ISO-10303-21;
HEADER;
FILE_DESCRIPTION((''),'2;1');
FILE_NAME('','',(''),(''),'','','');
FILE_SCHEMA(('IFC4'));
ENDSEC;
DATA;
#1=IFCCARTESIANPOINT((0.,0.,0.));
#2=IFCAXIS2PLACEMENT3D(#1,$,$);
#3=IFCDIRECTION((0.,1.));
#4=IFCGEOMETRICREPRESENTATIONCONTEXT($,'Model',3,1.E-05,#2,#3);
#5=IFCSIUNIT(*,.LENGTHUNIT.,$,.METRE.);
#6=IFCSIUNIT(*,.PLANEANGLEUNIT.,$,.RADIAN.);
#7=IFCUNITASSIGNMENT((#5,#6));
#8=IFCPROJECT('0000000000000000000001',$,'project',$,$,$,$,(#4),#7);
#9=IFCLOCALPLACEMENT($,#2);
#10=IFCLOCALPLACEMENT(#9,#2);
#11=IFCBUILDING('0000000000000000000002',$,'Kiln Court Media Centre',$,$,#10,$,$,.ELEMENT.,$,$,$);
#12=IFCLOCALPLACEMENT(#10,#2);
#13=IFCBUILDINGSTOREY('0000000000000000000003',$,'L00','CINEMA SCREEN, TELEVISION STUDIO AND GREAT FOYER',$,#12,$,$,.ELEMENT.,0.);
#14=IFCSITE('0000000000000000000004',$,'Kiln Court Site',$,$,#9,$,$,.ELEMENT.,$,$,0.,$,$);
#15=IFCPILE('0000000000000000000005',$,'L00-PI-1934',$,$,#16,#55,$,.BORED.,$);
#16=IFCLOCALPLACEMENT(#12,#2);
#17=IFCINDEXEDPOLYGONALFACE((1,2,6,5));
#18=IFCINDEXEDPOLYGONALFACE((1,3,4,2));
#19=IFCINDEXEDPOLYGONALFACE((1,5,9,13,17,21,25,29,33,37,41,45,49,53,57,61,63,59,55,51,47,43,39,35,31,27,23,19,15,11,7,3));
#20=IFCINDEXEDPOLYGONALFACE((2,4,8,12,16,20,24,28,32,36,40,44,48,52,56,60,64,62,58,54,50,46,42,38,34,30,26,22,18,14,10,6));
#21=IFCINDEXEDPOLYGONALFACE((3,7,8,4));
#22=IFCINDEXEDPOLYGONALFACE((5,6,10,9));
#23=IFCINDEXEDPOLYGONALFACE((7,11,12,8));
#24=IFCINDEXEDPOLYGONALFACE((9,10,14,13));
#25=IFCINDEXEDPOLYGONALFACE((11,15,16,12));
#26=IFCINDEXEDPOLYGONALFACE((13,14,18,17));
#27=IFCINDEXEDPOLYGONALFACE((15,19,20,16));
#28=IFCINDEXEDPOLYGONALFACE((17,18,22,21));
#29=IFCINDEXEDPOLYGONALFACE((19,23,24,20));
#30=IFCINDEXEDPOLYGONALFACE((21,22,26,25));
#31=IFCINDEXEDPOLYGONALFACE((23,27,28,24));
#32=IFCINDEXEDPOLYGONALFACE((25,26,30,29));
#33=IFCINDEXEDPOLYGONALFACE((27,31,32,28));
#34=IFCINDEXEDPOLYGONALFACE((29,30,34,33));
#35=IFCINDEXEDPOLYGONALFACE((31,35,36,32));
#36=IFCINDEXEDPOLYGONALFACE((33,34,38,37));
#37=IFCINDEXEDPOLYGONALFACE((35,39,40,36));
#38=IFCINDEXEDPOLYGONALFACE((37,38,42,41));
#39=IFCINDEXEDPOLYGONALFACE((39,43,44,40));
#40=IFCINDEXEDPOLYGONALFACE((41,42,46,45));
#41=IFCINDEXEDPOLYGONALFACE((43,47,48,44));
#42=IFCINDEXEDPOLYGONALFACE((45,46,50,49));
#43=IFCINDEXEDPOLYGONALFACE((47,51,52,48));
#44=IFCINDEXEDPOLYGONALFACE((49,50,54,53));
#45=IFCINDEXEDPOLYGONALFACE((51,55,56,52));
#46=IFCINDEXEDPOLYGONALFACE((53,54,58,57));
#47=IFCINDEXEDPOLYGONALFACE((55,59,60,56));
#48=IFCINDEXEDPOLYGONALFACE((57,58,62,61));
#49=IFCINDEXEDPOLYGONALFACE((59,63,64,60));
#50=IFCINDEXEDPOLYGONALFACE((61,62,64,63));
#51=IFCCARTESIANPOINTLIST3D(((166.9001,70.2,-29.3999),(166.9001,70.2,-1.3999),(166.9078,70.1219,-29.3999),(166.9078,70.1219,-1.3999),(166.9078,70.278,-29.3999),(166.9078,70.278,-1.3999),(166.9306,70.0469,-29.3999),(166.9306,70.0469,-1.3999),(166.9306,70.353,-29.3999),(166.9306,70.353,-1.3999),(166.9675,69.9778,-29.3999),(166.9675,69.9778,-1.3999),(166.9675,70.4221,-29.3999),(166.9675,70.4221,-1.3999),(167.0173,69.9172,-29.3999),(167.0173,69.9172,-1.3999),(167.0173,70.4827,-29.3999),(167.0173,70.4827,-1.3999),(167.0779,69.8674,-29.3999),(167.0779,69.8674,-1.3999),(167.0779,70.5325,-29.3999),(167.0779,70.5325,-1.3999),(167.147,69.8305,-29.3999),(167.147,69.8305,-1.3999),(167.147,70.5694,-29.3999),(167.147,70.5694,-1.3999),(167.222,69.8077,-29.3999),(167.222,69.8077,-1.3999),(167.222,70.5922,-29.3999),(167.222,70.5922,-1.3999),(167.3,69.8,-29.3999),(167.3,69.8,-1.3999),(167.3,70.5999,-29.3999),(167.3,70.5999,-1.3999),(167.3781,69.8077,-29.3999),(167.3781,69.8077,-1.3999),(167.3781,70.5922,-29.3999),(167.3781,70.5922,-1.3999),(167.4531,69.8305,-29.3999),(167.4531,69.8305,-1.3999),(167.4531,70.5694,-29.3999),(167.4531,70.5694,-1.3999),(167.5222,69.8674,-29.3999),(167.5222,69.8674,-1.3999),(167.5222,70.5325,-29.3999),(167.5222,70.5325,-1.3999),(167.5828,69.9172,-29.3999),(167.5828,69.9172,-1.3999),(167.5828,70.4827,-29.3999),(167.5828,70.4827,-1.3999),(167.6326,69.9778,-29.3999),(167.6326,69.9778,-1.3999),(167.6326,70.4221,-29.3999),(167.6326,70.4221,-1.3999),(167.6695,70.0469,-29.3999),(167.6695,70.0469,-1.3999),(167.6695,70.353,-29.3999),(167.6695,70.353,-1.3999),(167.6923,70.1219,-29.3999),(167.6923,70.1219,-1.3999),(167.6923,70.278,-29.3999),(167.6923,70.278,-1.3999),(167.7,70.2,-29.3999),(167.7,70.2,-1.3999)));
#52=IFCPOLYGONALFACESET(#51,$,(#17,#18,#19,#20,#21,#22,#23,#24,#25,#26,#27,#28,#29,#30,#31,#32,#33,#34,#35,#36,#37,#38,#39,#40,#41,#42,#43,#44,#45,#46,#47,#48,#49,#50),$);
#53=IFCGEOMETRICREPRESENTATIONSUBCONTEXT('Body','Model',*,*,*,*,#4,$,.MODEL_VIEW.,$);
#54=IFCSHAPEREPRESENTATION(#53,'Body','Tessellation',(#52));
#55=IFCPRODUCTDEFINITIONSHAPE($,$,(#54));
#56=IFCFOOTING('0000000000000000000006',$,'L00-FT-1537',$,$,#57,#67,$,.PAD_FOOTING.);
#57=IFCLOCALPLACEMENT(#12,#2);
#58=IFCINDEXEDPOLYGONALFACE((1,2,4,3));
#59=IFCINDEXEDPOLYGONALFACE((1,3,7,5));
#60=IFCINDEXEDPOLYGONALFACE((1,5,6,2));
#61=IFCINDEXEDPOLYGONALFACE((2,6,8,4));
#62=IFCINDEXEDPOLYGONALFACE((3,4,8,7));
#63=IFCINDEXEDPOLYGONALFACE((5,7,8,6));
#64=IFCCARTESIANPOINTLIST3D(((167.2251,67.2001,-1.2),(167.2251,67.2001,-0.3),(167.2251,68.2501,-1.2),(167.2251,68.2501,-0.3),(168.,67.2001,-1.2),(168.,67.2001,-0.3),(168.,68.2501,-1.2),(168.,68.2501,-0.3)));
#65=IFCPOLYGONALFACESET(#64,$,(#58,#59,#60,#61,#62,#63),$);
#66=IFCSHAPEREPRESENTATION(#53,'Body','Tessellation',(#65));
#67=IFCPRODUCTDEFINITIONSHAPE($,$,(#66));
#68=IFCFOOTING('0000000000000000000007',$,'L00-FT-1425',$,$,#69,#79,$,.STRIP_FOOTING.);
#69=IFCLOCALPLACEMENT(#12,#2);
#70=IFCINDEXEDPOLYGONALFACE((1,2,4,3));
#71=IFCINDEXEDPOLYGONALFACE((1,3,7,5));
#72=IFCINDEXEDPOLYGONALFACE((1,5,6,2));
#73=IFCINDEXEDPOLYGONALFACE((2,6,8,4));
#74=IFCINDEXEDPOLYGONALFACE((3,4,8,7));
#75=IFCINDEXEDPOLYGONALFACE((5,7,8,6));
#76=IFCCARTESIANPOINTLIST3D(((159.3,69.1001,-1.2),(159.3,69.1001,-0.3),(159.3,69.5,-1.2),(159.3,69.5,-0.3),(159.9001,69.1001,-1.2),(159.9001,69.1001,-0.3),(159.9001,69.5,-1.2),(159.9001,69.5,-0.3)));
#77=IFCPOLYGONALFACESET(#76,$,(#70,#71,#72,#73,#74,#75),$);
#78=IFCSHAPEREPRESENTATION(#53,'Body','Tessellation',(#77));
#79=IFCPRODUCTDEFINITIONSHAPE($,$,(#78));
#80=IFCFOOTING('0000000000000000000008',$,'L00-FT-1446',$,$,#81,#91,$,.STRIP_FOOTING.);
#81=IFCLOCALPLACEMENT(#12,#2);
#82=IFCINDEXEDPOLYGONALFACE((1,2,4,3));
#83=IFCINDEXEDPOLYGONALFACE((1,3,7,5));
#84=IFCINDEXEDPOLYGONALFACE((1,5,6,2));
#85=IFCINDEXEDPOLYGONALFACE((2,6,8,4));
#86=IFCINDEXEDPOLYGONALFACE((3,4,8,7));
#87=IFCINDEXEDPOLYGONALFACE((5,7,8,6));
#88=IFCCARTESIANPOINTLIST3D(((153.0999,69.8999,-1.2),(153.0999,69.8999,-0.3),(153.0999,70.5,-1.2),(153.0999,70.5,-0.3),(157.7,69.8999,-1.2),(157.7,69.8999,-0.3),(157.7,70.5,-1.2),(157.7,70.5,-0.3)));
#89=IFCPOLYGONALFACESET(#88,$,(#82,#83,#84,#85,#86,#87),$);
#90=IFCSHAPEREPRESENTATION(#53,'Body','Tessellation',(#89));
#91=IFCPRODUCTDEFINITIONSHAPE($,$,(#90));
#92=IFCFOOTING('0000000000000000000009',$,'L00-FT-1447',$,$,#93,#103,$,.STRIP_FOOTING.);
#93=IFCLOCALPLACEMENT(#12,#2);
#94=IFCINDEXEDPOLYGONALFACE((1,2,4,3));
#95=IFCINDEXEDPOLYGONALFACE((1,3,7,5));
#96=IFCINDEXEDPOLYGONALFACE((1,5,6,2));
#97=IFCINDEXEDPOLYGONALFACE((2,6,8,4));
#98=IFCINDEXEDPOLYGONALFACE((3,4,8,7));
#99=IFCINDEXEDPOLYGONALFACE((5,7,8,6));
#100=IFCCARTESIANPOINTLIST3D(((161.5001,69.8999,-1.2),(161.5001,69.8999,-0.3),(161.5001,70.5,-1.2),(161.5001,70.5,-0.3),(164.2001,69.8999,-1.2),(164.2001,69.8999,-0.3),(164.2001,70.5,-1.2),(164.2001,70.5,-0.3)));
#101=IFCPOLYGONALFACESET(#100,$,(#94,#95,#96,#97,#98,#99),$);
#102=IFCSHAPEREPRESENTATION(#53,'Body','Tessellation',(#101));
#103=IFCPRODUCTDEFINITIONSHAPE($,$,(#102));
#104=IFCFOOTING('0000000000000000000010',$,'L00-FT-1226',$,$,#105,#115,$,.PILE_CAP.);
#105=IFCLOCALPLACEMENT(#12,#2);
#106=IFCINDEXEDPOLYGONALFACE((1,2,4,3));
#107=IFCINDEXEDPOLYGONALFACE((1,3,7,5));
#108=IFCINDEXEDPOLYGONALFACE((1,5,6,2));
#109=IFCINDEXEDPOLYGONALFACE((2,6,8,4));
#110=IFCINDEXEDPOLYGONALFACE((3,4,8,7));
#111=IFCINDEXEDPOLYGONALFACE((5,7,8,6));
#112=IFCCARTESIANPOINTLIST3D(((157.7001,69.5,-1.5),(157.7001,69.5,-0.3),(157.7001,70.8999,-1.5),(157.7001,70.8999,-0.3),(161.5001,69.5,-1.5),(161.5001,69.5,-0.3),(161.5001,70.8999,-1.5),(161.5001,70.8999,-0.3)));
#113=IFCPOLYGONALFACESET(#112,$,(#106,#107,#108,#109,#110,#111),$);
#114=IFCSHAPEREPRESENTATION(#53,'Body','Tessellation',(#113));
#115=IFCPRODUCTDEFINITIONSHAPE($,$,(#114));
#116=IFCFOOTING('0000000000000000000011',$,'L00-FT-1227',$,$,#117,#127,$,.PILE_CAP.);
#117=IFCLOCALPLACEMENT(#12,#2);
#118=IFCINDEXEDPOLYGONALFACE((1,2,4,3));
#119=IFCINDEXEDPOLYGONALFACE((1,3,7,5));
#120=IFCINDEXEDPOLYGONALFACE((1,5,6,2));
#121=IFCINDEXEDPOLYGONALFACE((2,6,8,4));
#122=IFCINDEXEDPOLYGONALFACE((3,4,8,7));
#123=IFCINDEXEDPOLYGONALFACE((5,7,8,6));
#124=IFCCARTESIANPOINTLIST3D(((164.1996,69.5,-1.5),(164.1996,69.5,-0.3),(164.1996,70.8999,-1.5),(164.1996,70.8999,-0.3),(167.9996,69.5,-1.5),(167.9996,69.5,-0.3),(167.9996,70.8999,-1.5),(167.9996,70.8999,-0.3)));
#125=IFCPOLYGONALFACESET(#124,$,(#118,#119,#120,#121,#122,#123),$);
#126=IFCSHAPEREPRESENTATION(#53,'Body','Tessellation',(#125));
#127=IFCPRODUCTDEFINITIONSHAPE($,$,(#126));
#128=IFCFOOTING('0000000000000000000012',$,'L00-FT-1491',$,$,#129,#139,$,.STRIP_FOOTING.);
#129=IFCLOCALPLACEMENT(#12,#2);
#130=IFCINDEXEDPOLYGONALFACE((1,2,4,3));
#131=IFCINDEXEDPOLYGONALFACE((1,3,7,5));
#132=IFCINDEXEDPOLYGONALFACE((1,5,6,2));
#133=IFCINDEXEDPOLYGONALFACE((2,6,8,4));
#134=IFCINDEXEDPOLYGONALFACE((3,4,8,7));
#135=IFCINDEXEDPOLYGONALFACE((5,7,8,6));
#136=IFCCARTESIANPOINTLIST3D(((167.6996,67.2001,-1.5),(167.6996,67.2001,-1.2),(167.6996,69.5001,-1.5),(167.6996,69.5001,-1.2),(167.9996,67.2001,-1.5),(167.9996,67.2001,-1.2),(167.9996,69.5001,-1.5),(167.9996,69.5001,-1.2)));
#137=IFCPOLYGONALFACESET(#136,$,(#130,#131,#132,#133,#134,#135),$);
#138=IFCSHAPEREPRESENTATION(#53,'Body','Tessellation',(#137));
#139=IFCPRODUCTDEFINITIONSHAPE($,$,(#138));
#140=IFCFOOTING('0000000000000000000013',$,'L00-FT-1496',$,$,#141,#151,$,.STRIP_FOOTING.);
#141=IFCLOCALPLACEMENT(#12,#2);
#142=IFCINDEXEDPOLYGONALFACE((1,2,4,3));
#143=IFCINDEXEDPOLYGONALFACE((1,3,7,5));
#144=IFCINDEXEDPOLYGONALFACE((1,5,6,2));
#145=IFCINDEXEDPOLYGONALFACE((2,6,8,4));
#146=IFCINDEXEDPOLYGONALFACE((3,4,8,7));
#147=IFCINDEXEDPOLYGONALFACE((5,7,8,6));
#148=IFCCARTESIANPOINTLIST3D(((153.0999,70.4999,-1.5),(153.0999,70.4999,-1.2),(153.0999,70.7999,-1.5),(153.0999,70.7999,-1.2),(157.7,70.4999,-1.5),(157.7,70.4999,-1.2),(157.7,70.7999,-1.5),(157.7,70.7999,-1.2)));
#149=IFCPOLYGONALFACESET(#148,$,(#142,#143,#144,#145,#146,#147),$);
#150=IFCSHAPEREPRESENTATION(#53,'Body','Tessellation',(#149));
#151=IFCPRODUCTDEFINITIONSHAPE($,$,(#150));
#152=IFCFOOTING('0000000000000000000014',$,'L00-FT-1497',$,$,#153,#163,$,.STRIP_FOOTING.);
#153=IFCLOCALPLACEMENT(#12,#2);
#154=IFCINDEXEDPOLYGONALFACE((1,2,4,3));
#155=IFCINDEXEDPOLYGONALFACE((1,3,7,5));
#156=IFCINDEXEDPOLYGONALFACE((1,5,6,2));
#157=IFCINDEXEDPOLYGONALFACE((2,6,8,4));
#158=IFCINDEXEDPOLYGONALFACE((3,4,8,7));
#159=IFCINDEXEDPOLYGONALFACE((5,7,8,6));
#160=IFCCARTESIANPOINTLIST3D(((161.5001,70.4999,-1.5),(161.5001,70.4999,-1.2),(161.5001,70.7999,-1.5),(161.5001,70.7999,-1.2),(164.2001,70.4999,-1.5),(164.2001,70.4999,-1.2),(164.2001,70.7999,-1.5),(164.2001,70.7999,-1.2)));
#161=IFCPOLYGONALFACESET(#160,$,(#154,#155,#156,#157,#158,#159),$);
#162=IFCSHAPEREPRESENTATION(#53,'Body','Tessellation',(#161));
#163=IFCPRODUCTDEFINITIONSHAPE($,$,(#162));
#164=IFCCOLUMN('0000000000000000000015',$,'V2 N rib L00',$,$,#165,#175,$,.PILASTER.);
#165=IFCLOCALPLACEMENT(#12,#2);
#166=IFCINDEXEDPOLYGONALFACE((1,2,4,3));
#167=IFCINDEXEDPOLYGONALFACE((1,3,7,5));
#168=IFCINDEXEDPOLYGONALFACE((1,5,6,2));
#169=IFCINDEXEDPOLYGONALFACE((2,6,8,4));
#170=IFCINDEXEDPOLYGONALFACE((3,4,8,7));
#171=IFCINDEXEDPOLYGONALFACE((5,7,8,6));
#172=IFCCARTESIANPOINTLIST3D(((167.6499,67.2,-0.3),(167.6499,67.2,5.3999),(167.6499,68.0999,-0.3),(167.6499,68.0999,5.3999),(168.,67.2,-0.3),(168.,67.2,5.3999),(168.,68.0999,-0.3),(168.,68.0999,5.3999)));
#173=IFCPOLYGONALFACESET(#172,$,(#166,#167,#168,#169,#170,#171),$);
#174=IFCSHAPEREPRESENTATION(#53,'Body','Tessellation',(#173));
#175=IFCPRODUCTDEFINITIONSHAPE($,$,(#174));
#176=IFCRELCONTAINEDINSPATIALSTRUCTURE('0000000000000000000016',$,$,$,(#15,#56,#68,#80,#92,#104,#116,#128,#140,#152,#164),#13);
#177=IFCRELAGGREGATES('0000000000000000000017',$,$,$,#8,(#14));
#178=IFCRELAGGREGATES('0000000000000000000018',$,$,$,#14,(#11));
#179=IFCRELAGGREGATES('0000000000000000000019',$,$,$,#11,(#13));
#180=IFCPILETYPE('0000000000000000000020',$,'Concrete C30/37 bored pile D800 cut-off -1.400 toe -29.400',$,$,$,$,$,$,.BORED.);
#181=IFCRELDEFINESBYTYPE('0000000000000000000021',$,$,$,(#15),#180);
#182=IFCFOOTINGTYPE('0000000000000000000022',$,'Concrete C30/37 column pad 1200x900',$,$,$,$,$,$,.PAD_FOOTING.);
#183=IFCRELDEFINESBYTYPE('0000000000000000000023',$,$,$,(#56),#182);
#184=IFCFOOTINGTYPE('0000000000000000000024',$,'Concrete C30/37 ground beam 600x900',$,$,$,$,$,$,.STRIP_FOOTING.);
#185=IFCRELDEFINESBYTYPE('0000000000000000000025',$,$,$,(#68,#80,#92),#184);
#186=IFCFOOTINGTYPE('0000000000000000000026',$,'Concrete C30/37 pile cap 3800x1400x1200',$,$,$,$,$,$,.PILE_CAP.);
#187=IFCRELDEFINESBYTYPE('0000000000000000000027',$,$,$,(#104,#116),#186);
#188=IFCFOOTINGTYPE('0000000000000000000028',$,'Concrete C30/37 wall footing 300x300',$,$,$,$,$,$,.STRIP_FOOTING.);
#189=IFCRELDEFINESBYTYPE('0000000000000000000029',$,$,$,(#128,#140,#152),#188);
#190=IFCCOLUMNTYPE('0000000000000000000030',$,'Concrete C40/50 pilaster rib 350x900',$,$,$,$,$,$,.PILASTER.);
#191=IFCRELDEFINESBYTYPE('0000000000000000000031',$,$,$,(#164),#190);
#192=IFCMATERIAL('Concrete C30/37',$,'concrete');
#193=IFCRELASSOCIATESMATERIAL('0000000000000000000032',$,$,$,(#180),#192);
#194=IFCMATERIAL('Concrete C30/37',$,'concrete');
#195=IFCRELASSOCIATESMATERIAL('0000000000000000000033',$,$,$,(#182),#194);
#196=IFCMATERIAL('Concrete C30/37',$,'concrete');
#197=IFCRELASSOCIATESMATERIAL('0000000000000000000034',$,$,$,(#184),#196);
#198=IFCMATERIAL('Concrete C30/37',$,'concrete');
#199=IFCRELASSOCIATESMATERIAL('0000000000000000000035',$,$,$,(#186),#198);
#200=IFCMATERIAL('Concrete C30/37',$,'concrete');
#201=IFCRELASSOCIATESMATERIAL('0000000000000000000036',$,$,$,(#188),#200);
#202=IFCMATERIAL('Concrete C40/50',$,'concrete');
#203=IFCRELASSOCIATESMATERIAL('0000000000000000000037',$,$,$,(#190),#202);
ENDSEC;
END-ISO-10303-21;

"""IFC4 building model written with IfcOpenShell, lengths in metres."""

from ifc_helpers import new_model, si_unit, direction, frame, origin, origin_2d, place, context, subcontext, project, spatial, rectangle, circle, extrude, material, material_profile, profile_set, type_object, element, save


model = new_model("IFC4")

# Units and contexts
model_context = context("Model", 3, precision=1e-05, world=origin(), true_north=direction((0.0, 1.0)))
body_context = subcontext(model_context, "Body", "Model", "MODEL_VIEW")
ifc_project = project(units=[si_unit("LENGTHUNIT", "METRE"), si_unit("PLANEANGLEUNIT", "RADIAN")], contexts=[model_context])

# Site, building, storey
site_placement = place(None, origin())
site = spatial("IfcSite", under=ifc_project, at=site_placement, Name="Kiln Court Site", CompositionType="ELEMENT", RefElevation=0.0)
building_placement = place(site_placement, origin())
building = spatial("IfcBuilding", under=site, at=building_placement, Name="Kiln Court Media Centre", CompositionType="ELEMENT")
storey_placement = place(building_placement, origin())
storey = spatial("IfcBuildingStorey", under=building, at=storey_placement, Name="L00", Description="CINEMA SCREEN, TELEVISION STUDIO AND GREAT FOYER", CompositionType="ELEMENT", Elevation=0.0)

# Pile
ifc_material_1 = material(Name="Concrete C30/37", Category="concrete")
ifc_material_profile_1 = material_profile(ifc_material_1, circle(Radius=0.3999, at=origin_2d()), Name="PILE D800")
ifc_profile_set_1 = profile_set([ifc_material_profile_1], Name="Concrete C30/37")
pile_type = type_object("IfcPileType", Name="Concrete C30/37 bored pile D800 cut-off -1.400 toe -29.400", PredefinedType="BORED", material=ifc_profile_set_1)
for number, where, z_axis, x_axis, name in (
    (1, (167.3, 70.2, -1.3999), (0.0, 0.0, -1.0), (1.0, 0.0, 0.0), "L00-PI-1934"),
):
    element("IfcPile", number, at=place(storey_placement, frame(where, z_axis=z_axis, x_axis=x_axis)), inside=storey, type_object=pile_type, Name=name, PredefinedType="BORED", context=body_context, shape_type="SweptSolid", body=[
        extrude(circle(Radius=0.3999, at=origin_2d()), origin(), (0.0, 0.0, 1.0), 28.0),
    ])

# Footings
ifc_material_2 = material(Name="Concrete C30/37", Category="concrete")
footing_type_1 = type_object("IfcFootingType", Name="Concrete C30/37 column pad 1200x900", PredefinedType="PAD_FOOTING", material=ifc_material_2)
footing_1_placement = place(storey_placement, frame((167.6125, 67.7251, -1.2), z_axis=(0.0, 0.0, 1.0), x_axis=(1.0, 0.0, 0.0)))
element("IfcFooting", 2, at=footing_1_placement, inside=storey, type_object=footing_type_1, Name="L00-FT-1537", PredefinedType="PAD_FOOTING", context=body_context, shape_type="SweptSolid", body=[
    extrude(rectangle(XDim=0.7749, YDim=1.05, at=origin_2d()), origin(), (0.0, 0.0, 1.0), 0.8999),
])
ifc_material_3 = material(Name="Concrete C30/37", Category="concrete")
footing_type_2 = type_object("IfcFootingType", Name="Concrete C30/37 ground beam 600x900", PredefinedType="STRIP_FOOTING", material=ifc_material_3)
footing_2_placement = place(storey_placement, frame((159.6001, 69.3, -1.2), z_axis=(0.0, 0.0, 1.0), x_axis=(1.0, 0.0, 0.0)))
element("IfcFooting", 3, at=footing_2_placement, inside=storey, type_object=footing_type_2, Name="L00-FT-1425", PredefinedType="STRIP_FOOTING", context=body_context, shape_type="SweptSolid", body=[
    extrude(rectangle(XDim=0.6001, YDim=0.3999, at=origin_2d()), origin(), (0.0, 0.0, 1.0), 0.8999),
])
footing_3_placement = place(storey_placement, frame((155.3999, 70.2, -1.2), z_axis=(0.0, 0.0, 1.0), x_axis=(1.0, 0.0, 0.0)))
element("IfcFooting", 4, at=footing_3_placement, inside=storey, type_object=footing_type_2, Name="L00-FT-1446", PredefinedType="STRIP_FOOTING", context=body_context, shape_type="SweptSolid", body=[
    extrude(rectangle(XDim=4.6001, YDim=0.6001, at=origin_2d()), origin(), (0.0, 0.0, 1.0), 0.8999),
])
footing_4_placement = place(storey_placement, frame((162.8501, 70.2, -1.2), z_axis=(0.0, 0.0, 1.0), x_axis=(1.0, 0.0, 0.0)))
element("IfcFooting", 5, at=footing_4_placement, inside=storey, type_object=footing_type_2, Name="L00-FT-1447", PredefinedType="STRIP_FOOTING", context=body_context, shape_type="SweptSolid", body=[
    extrude(rectangle(XDim=2.7, YDim=0.6001, at=origin_2d()), origin(), (0.0, 0.0, 1.0), 0.8999),
])
ifc_material_4 = material(Name="Concrete C30/37", Category="concrete")
footing_type_3 = type_object("IfcFootingType", Name="Concrete C30/37 pile cap 3800x1400x1200", PredefinedType="PILE_CAP", material=ifc_material_4)
for number, where, z_axis, x_axis, name in (
    (6, (159.6001, 70.2, -1.5), (0.0, 0.0, 1.0), (1.0, 0.0, 0.0), "L00-FT-1226"),
    (7, (166.0996, 70.2, -1.5), (0.0, 0.0, 1.0), (1.0, 0.0, 0.0), "L00-FT-1227"),
):
    element("IfcFooting", number, at=place(storey_placement, frame(where, z_axis=z_axis, x_axis=x_axis)), inside=storey, type_object=footing_type_3, Name=name, PredefinedType="PILE_CAP", context=body_context, shape_type="SweptSolid", body=[
        extrude(rectangle(XDim=3.8, YDim=1.3999, at=origin_2d()), origin(), (0.0, 0.0, 1.0), 1.2),
    ])
ifc_material_5 = material(Name="Concrete C30/37", Category="concrete")
footing_type_4 = type_object("IfcFootingType", Name="Concrete C30/37 wall footing 300x300", PredefinedType="STRIP_FOOTING", material=ifc_material_5)
footing_5_placement = place(storey_placement, frame((167.8496, 68.3501, -1.5), z_axis=(0.0, 0.0, 1.0), x_axis=(1.0, 0.0, 0.0)))
element("IfcFooting", 8, at=footing_5_placement, inside=storey, type_object=footing_type_4, Name="L00-FT-1491", PredefinedType="STRIP_FOOTING", context=body_context, shape_type="SweptSolid", body=[
    extrude(rectangle(XDim=0.3, YDim=2.3, at=origin_2d()), origin(), (0.0, 0.0, 1.0), 0.3),
])
footing_6_placement = place(storey_placement, frame((155.3999, 70.6499, -1.5), z_axis=(0.0, 0.0, 1.0), x_axis=(1.0, 0.0, 0.0)))
element("IfcFooting", 9, at=footing_6_placement, inside=storey, type_object=footing_type_4, Name="L00-FT-1496", PredefinedType="STRIP_FOOTING", context=body_context, shape_type="SweptSolid", body=[
    extrude(rectangle(XDim=4.6001, YDim=0.3, at=origin_2d()), origin(), (0.0, 0.0, 1.0), 0.3),
])
footing_7_placement = place(storey_placement, frame((162.8501, 70.6499, -1.5), z_axis=(0.0, 0.0, 1.0), x_axis=(1.0, 0.0, 0.0)))
element("IfcFooting", 10, at=footing_7_placement, inside=storey, type_object=footing_type_4, Name="L00-FT-1497", PredefinedType="STRIP_FOOTING", context=body_context, shape_type="SweptSolid", body=[
    extrude(rectangle(XDim=2.7, YDim=0.3, at=origin_2d()), origin(), (0.0, 0.0, 1.0), 0.3),
])

# Column
ifc_material_6 = material(Name="Concrete C40/50", Category="concrete")
ifc_material_profile_2 = material_profile(ifc_material_6, rectangle(XDim=0.3501, YDim=0.8999, at=origin_2d()), Name="RC 350x900")
ifc_profile_set_2 = profile_set([ifc_material_profile_2], Name="Concrete C40/50")
column_type = type_object("IfcColumnType", Name="Concrete C40/50 pilaster rib 350x900", PredefinedType="PILASTER", material=ifc_profile_set_2)
column_placement = place(storey_placement, frame((167.825, 67.6499, -0.3), z_axis=(0.0, 0.0, 1.0), x_axis=(1.0, 0.0, 0.0)))
element("IfcColumn", 11, at=column_placement, inside=storey, type_object=column_type, Name="V2 N rib L00", PredefinedType="PILASTER", context=body_context, shape_type="SweptSolid", body=[
    extrude(rectangle(XDim=0.3501, YDim=0.8999, at=origin_2d()), origin(), (0.0, 0.0, 1.0), 5.7),
])

save(model, "model.ifc")
